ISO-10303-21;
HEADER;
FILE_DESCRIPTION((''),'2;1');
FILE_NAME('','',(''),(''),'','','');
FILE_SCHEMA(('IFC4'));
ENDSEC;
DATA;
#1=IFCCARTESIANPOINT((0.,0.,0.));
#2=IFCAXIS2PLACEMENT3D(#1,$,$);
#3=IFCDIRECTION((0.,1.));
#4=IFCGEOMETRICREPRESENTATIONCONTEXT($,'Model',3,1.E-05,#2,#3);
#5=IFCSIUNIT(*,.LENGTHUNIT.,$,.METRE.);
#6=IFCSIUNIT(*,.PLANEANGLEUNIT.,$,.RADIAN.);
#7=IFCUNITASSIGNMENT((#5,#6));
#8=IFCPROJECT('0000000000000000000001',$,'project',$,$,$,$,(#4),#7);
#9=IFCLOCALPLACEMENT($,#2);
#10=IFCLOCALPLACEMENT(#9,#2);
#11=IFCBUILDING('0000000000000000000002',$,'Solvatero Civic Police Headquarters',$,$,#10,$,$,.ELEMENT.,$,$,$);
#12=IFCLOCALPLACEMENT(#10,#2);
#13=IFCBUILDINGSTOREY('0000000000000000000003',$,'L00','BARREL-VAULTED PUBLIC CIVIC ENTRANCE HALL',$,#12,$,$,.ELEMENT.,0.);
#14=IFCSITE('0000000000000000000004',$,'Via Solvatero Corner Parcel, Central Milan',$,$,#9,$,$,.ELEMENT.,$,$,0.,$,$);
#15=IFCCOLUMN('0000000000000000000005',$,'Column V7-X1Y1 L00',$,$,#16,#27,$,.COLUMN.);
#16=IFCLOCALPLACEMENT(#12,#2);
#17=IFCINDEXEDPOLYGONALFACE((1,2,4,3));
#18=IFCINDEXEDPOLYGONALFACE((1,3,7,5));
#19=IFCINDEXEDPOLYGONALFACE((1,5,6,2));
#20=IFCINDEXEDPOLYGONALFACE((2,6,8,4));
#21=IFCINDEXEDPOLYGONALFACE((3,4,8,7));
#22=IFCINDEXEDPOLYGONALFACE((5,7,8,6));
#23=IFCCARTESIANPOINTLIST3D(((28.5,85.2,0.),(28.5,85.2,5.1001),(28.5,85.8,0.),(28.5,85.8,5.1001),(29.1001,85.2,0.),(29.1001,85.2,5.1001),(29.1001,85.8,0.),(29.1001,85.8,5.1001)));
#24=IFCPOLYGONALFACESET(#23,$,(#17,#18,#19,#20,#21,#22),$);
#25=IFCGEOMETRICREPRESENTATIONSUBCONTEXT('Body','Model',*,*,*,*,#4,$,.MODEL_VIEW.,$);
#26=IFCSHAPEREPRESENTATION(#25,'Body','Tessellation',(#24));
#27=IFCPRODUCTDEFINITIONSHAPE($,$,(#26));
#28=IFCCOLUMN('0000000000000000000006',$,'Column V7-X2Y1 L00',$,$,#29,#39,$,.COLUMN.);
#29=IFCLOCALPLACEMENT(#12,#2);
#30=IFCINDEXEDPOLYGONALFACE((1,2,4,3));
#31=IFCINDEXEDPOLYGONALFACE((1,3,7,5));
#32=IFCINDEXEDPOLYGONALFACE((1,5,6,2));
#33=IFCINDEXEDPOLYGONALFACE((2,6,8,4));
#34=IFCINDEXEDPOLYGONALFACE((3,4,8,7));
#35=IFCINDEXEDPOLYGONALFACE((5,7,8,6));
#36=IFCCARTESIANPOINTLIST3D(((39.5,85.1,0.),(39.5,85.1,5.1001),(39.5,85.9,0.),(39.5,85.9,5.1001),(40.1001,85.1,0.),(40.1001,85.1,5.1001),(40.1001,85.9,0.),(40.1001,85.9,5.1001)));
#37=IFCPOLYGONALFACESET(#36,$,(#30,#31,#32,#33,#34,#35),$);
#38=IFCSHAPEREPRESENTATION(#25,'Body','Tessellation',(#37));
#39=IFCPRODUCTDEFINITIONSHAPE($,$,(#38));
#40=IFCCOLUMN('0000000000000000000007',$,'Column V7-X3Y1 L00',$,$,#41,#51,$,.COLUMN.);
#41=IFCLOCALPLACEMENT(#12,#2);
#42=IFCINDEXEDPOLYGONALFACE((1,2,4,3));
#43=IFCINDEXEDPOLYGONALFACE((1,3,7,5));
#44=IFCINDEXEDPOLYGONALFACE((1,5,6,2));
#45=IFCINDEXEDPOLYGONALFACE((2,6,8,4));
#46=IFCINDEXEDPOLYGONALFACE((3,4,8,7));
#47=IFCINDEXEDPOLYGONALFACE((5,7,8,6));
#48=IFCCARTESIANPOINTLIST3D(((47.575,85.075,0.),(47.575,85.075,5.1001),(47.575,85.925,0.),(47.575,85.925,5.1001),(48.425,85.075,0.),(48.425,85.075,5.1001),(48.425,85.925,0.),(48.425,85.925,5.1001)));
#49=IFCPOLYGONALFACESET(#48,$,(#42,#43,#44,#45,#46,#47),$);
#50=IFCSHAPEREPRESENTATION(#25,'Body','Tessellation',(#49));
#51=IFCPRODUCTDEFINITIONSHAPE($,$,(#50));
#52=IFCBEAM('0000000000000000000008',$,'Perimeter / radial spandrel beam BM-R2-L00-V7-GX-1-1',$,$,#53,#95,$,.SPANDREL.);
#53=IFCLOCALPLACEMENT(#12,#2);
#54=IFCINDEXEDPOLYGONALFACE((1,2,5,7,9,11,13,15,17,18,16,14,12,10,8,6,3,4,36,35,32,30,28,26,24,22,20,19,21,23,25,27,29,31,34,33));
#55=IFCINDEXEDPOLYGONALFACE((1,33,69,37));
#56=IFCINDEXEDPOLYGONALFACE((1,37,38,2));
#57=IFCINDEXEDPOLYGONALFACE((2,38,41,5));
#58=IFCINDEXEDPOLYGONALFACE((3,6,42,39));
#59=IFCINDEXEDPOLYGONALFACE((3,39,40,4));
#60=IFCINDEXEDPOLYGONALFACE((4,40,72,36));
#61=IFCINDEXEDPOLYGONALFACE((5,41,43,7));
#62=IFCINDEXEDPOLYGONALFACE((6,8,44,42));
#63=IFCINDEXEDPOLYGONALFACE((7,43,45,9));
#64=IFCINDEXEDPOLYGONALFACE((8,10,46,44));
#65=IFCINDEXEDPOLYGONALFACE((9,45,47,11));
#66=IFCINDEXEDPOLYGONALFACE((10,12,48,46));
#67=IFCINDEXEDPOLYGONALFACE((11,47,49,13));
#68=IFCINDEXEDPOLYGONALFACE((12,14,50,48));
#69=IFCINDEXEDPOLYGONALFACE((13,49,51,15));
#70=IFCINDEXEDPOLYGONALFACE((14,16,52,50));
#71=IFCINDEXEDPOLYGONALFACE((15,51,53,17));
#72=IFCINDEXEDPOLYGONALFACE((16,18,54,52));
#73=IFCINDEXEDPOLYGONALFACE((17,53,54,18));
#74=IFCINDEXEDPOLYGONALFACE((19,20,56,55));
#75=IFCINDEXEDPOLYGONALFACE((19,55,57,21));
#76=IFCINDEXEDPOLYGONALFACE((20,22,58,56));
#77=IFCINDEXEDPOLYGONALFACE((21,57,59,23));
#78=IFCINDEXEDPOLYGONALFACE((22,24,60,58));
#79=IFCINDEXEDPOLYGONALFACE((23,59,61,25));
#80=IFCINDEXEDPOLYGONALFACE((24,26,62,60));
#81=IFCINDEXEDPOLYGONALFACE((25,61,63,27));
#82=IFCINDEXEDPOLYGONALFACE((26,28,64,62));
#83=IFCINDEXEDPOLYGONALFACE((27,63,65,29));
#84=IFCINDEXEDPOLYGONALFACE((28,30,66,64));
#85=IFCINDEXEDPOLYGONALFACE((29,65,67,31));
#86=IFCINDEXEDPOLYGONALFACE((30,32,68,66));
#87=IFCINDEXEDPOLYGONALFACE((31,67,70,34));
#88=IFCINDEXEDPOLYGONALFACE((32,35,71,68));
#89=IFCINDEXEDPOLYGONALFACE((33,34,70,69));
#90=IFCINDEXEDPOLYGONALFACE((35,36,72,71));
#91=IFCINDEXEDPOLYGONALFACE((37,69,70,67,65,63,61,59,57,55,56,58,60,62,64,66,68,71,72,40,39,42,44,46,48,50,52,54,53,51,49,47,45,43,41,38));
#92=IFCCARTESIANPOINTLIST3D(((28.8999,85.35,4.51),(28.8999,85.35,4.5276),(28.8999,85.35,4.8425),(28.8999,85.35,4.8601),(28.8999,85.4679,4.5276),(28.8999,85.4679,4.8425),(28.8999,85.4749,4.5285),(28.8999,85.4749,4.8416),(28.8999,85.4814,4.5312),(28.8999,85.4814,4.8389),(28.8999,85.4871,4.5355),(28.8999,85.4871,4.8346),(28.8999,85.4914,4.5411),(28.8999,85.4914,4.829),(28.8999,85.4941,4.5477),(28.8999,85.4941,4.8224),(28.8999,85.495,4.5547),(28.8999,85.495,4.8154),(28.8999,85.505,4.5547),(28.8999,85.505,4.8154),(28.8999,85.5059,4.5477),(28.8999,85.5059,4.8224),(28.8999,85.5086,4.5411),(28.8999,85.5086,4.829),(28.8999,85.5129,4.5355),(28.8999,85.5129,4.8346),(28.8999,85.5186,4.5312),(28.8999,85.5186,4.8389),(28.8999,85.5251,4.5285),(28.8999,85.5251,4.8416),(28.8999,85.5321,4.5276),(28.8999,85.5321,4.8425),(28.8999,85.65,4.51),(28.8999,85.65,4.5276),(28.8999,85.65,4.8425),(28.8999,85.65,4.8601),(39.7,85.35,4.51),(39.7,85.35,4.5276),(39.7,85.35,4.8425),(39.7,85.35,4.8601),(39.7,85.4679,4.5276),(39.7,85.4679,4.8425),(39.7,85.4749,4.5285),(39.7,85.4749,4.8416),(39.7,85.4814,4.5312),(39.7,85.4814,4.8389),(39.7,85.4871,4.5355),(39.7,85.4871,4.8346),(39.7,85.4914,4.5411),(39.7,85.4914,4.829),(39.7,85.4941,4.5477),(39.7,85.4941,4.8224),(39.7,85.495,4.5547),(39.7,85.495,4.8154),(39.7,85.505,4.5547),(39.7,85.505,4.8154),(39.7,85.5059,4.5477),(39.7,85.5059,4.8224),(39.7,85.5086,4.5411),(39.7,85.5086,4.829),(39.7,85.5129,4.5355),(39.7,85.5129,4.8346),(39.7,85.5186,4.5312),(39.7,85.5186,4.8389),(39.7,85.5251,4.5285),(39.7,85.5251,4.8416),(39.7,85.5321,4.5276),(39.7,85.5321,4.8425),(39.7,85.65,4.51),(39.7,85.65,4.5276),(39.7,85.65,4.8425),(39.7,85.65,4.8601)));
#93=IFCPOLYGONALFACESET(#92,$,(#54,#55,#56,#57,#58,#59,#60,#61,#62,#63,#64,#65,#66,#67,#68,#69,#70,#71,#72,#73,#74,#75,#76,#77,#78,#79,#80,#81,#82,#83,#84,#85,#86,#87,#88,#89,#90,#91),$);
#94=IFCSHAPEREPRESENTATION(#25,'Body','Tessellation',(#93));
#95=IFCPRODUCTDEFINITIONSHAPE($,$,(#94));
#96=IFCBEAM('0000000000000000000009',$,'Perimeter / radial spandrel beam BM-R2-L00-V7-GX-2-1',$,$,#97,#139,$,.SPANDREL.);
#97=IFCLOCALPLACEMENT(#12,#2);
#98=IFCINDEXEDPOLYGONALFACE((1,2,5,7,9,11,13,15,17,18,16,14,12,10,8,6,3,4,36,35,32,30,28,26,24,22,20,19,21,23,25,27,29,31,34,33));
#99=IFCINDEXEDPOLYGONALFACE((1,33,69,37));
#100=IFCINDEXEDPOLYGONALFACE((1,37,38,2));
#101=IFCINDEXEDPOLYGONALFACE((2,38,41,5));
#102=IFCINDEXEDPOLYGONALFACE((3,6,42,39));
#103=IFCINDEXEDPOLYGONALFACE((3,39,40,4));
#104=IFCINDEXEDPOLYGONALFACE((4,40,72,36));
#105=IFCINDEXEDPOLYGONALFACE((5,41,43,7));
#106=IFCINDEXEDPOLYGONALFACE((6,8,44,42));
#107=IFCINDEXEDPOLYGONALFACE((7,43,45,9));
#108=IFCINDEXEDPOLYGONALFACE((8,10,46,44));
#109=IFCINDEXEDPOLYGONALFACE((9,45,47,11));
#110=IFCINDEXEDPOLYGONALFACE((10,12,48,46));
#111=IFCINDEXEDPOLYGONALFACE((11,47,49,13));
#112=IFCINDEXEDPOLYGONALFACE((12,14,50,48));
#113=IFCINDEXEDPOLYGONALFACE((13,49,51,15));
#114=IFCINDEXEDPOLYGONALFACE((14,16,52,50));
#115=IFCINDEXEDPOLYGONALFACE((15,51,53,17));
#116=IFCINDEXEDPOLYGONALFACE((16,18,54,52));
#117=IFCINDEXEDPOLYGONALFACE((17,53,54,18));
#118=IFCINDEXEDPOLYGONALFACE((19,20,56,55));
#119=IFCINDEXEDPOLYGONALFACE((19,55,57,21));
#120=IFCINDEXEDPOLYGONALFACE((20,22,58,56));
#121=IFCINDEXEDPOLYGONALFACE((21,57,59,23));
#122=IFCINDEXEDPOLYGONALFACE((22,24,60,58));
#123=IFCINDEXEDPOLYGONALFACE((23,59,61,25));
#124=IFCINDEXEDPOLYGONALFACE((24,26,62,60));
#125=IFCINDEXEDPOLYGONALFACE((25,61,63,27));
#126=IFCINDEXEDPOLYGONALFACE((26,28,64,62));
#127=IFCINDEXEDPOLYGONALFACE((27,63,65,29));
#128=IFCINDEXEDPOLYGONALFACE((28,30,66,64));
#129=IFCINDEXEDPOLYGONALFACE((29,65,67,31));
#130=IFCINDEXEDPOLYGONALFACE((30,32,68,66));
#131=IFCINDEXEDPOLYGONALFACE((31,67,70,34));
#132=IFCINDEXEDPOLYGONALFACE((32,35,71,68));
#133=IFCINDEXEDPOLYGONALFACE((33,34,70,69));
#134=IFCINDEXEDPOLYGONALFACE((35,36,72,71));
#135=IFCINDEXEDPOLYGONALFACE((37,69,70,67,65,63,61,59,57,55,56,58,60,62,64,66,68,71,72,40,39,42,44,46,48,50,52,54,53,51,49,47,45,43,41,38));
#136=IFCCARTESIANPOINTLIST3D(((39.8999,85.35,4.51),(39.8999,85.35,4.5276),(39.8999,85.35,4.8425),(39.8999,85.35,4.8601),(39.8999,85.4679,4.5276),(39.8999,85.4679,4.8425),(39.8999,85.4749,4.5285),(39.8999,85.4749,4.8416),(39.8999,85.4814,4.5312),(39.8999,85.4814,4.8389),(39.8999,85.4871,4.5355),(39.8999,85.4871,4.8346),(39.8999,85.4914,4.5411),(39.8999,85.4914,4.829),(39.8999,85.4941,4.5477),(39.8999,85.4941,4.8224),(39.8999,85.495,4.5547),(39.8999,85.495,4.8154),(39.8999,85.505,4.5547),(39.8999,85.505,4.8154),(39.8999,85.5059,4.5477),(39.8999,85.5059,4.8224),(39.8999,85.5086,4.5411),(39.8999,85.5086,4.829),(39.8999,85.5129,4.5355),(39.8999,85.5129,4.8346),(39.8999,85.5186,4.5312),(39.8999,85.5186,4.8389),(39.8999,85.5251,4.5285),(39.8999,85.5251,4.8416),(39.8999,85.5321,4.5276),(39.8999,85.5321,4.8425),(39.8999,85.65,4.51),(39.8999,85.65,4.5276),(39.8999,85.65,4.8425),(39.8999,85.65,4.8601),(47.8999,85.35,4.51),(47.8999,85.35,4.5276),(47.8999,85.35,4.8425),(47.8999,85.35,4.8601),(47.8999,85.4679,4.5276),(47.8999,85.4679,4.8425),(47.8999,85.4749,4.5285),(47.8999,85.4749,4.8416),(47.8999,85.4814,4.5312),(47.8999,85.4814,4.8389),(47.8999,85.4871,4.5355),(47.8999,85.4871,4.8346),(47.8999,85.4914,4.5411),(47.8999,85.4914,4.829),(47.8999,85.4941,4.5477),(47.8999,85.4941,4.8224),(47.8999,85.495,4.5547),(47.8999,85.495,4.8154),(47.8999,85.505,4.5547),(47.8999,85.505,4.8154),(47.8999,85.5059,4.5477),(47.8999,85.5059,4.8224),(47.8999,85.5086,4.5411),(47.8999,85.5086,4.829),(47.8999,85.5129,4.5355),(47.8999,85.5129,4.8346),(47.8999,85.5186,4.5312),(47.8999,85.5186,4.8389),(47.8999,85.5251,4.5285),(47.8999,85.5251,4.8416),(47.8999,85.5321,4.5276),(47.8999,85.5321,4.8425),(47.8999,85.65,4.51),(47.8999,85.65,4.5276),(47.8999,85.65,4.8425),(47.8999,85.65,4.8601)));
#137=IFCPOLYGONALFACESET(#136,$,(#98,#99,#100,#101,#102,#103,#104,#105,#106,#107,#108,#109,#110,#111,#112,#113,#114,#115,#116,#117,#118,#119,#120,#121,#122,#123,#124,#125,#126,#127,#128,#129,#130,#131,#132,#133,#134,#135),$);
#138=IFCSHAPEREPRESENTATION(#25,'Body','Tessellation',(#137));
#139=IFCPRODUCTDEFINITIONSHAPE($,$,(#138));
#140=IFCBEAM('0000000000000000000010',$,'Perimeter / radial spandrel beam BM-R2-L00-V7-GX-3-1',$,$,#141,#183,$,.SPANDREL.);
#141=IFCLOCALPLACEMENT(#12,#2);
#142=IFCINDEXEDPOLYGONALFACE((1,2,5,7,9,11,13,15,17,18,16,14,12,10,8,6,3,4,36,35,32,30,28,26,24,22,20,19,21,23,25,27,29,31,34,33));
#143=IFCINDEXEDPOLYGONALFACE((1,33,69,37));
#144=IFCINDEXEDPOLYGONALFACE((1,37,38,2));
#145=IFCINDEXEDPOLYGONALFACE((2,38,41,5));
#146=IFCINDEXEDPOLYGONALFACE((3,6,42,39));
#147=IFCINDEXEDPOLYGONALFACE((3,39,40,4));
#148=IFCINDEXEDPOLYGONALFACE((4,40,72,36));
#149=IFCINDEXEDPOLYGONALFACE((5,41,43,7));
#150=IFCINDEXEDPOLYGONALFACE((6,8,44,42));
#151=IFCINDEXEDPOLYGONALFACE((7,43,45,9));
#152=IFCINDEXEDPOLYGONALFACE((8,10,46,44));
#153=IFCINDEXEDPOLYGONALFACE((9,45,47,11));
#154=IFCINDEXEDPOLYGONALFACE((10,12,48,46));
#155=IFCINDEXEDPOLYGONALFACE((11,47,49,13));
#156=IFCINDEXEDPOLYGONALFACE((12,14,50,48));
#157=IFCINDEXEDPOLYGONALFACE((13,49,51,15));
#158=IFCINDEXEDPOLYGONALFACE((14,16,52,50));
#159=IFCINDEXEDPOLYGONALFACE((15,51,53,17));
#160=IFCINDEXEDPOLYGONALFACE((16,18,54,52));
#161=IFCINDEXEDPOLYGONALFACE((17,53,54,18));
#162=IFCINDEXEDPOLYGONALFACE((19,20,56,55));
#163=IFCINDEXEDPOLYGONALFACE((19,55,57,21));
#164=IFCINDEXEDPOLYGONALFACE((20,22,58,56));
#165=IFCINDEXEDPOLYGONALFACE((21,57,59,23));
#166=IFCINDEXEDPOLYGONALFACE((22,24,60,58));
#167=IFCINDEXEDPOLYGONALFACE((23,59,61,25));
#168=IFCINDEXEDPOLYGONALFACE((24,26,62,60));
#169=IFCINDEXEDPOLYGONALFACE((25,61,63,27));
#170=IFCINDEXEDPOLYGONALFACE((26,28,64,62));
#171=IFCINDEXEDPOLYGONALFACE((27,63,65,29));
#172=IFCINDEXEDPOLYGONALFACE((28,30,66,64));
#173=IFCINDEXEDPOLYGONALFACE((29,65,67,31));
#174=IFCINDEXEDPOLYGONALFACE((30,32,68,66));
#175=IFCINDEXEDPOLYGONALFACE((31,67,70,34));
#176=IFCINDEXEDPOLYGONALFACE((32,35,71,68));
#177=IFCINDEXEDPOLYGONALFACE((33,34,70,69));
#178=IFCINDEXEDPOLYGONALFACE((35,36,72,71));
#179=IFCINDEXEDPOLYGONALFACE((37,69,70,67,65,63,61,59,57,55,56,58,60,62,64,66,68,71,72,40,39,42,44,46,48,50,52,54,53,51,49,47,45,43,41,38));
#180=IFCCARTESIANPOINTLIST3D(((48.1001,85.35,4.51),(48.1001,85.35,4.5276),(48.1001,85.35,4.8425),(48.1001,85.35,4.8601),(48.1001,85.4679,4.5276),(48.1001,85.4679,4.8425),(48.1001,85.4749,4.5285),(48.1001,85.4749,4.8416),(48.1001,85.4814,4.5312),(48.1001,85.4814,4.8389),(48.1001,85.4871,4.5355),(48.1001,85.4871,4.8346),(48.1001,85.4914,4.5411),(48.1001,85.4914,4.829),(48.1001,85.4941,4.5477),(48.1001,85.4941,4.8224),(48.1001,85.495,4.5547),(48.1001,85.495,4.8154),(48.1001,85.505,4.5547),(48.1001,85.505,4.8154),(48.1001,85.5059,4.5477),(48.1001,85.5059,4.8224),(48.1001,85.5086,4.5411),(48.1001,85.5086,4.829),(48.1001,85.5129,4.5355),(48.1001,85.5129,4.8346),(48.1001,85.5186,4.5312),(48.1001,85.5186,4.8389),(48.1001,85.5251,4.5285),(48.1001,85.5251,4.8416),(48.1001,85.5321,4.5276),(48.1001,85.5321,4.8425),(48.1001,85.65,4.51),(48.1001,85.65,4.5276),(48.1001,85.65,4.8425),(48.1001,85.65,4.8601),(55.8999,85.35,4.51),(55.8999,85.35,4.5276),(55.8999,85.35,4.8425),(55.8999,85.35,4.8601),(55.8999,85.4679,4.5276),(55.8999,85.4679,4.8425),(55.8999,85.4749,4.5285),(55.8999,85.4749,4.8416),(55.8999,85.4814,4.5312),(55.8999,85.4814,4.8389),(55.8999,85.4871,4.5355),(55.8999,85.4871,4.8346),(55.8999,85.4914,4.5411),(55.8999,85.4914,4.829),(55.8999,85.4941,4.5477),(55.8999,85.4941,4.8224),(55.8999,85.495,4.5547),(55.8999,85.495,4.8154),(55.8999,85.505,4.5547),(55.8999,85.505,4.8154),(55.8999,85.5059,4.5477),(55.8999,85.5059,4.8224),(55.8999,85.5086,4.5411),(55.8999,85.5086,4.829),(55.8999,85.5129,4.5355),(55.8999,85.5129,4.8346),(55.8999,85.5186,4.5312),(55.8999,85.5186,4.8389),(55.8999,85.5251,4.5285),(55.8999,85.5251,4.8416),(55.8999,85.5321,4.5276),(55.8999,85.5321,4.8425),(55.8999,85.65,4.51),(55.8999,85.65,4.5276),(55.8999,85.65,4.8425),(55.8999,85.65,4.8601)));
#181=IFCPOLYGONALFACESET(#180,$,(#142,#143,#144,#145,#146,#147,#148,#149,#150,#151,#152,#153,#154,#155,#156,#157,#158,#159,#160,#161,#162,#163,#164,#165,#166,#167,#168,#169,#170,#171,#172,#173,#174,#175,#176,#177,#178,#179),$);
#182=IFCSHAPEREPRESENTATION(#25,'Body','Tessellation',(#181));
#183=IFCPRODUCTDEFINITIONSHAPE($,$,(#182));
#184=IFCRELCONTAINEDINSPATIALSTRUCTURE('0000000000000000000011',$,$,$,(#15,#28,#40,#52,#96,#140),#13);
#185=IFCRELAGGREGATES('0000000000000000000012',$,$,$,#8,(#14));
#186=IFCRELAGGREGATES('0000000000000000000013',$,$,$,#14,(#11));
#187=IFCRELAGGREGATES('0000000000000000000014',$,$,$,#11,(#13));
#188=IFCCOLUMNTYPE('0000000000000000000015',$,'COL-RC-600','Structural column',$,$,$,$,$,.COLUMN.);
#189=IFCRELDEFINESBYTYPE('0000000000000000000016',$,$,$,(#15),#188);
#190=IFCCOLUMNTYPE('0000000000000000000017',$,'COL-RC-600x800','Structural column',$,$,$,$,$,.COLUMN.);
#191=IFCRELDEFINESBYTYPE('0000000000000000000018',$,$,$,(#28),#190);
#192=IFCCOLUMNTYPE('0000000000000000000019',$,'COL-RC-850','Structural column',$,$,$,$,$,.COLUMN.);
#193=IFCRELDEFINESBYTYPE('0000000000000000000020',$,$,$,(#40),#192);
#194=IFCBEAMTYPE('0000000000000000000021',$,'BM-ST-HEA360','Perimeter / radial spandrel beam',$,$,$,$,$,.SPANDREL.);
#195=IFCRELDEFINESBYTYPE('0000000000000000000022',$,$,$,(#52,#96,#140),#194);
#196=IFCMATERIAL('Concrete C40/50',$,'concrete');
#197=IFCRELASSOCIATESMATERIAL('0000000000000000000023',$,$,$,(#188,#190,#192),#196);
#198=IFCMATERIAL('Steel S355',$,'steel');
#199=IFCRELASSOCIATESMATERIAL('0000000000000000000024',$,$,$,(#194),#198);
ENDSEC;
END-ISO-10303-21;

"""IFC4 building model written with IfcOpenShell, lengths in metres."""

from ifc_helpers import new_model, si_unit, direction, frame, origin, origin_2d, place, context, subcontext, project, spatial, rectangle, i_section, extrude, material, material_profile, profile_set, type_object, element, save


model = new_model("IFC4")

# Units and contexts
model_context = context("Model", 3, precision=1e-05, world=origin(), true_north=direction((0.0, 1.0)))
body_context = subcontext(model_context, "Body", "Model", "MODEL_VIEW")
ifc_project = project(units=[si_unit("LENGTHUNIT", "METRE"), si_unit("PLANEANGLEUNIT", "RADIAN")], contexts=[model_context])

# Site, building, storey
site_placement = place(None, origin())
site = spatial("IfcSite", under=ifc_project, at=site_placement, Name="Via Solvatero Corner Parcel, Central Milan", CompositionType="ELEMENT", RefElevation=0.0)
building_placement = place(site_placement, origin())
building = spatial("IfcBuilding", under=site, at=building_placement, Name="Solvatero Civic Police Headquarters", CompositionType="ELEMENT")
storey_placement = place(building_placement, origin())
storey = spatial("IfcBuildingStorey", under=building, at=storey_placement, Name="L00", Description="BARREL-VAULTED PUBLIC CIVIC ENTRANCE HALL", CompositionType="ELEMENT", Elevation=0.0)

# Columns
ifc_material_1 = material(Name="Concrete C40/50", Category="concrete")
ifc_material_profile_1 = material_profile(ifc_material_1, rectangle(XDim=0.6001, YDim=0.6001, at=origin_2d()), Name="RC 600x600")
ifc_profile_set_1 = profile_set([ifc_material_profile_1], Name="Concrete C40/50")
column_type_1 = type_object("IfcColumnType", Name="COL-RC-600", Description="Structural column", PredefinedType="COLUMN", material=ifc_profile_set_1)
column_1_placement = place(storey_placement, frame((28.8, 85.5, 0.0), z_axis=(0.0, 0.0, 1.0), x_axis=(1.0, 0.0, 0.0)))
element("IfcColumn", 1, at=column_1_placement, inside=storey, type_object=column_type_1, Name="Column V7-X1Y1 L00", PredefinedType="COLUMN", context=body_context, shape_type="SweptSolid", body=[
    extrude(rectangle(XDim=0.6001, YDim=0.6001, at=origin_2d()), origin(), (0.0, 0.0, 1.0), 5.1001),
])
ifc_material_profile_2 = material_profile(ifc_material_1, rectangle(XDim=0.6001, YDim=0.8, at=origin_2d()), Name="RC 600x800")
ifc_profile_set_2 = profile_set([ifc_material_profile_2], Name="Concrete C40/50")
column_type_2 = type_object("IfcColumnType", Name="COL-RC-600x800", Description="Structural column", PredefinedType="COLUMN", material=ifc_profile_set_2)
column_2_placement = place(storey_placement, frame((39.8, 85.5, 0.0), z_axis=(0.0, 0.0, 1.0), x_axis=(1.0, 0.0, 0.0)))
element("IfcColumn", 2, at=column_2_placement, inside=storey, type_object=column_type_2, Name="Column V7-X2Y1 L00", PredefinedType="COLUMN", context=body_context, shape_type="SweptSolid", body=[
    extrude(rectangle(XDim=0.6001, YDim=0.8, at=origin_2d()), origin(), (0.0, 0.0, 1.0), 5.1001),
])
ifc_material_profile_3 = material_profile(ifc_material_1, rectangle(XDim=0.8501, YDim=0.8501, at=origin_2d()), Name="RC 850x850")
ifc_profile_set_3 = profile_set([ifc_material_profile_3], Name="Concrete C40/50")
column_type_3 = type_object("IfcColumnType", Name="COL-RC-850", Description="Structural column", PredefinedType="COLUMN", material=ifc_profile_set_3)
column_3_placement = place(storey_placement, frame((48.0, 85.5, 0.0), z_axis=(0.0, 0.0, 1.0), x_axis=(1.0, 0.0, 0.0)))
element("IfcColumn", 3, at=column_3_placement, inside=storey, type_object=column_type_3, Name="Column V7-X3Y1 L00", PredefinedType="COLUMN", context=body_context, shape_type="SweptSolid", body=[
    extrude(rectangle(XDim=0.8501, YDim=0.8501, at=origin_2d()), origin(), (0.0, 0.0, 1.0), 5.1001),
])

# Beams
ifc_material_2 = material(Name="Steel S355", Category="steel")
ifc_material_profile_4 = material_profile(ifc_material_2, i_section(OverallWidth=0.3, OverallDepth=0.3501, WebThickness=0.01, FlangeThickness=0.0176, FilletRadius=0.0271, at=origin_2d()), Name="HEA 360")
ifc_profile_set_4 = profile_set([ifc_material_profile_4], Name="Steel S355")
beam_type_1 = type_object("IfcBeamType", Name="BM-ST-HEA360", Description="Perimeter / radial spandrel beam", PredefinedType="SPANDREL", material=ifc_profile_set_4)
beam_1_placement = place(storey_placement, frame((28.8999, 85.5, 4.6851), z_axis=(1.0, 0.0, 0.0), x_axis=(0.0, 1.0, 0.0)))
element("IfcBeam", 4, at=beam_1_placement, inside=storey, type_object=beam_type_1, Name="Perimeter / radial spandrel beam BM-R2-L00-V7-GX-1-1", PredefinedType="SPANDREL", context=body_context, shape_type="SweptSolid", body=[
    extrude(i_section(OverallWidth=0.3, OverallDepth=0.3501, WebThickness=0.01, FlangeThickness=0.0176, FilletRadius=0.0271, at=origin_2d()), origin(), (0.0, 0.0, 1.0), 10.8),
])
beam_2_placement = place(storey_placement, frame((39.8999, 85.5, 4.6851), z_axis=(1.0, 0.0, 0.0), x_axis=(0.0, 1.0, 0.0)))
element("IfcBeam", 5, at=beam_2_placement, inside=storey, type_object=beam_type_1, Name="Perimeter / radial spandrel beam BM-R2-L00-V7-GX-2-1", PredefinedType="SPANDREL", context=body_context, shape_type="SweptSolid", body=[
    extrude(i_section(OverallWidth=0.3, OverallDepth=0.3501, WebThickness=0.01, FlangeThickness=0.0176, FilletRadius=0.0271, at=origin_2d()), origin(), (0.0, 0.0, 1.0), 8.0),
])
beam_3_placement = place(storey_placement, frame((48.1001, 85.5, 4.6851), z_axis=(1.0, 0.0, 0.0), x_axis=(0.0, 1.0, 0.0)))
element("IfcBeam", 6, at=beam_3_placement, inside=storey, type_object=beam_type_1, Name="Perimeter / radial spandrel beam BM-R2-L00-V7-GX-3-1", PredefinedType="SPANDREL", context=body_context, shape_type="SweptSolid", body=[
    extrude(i_section(OverallWidth=0.3, OverallDepth=0.3501, WebThickness=0.01, FlangeThickness=0.0176, FilletRadius=0.0271, at=origin_2d()), origin(), (0.0, 0.0, 1.0), 7.7998),
])

save(model, "model.ifc")
